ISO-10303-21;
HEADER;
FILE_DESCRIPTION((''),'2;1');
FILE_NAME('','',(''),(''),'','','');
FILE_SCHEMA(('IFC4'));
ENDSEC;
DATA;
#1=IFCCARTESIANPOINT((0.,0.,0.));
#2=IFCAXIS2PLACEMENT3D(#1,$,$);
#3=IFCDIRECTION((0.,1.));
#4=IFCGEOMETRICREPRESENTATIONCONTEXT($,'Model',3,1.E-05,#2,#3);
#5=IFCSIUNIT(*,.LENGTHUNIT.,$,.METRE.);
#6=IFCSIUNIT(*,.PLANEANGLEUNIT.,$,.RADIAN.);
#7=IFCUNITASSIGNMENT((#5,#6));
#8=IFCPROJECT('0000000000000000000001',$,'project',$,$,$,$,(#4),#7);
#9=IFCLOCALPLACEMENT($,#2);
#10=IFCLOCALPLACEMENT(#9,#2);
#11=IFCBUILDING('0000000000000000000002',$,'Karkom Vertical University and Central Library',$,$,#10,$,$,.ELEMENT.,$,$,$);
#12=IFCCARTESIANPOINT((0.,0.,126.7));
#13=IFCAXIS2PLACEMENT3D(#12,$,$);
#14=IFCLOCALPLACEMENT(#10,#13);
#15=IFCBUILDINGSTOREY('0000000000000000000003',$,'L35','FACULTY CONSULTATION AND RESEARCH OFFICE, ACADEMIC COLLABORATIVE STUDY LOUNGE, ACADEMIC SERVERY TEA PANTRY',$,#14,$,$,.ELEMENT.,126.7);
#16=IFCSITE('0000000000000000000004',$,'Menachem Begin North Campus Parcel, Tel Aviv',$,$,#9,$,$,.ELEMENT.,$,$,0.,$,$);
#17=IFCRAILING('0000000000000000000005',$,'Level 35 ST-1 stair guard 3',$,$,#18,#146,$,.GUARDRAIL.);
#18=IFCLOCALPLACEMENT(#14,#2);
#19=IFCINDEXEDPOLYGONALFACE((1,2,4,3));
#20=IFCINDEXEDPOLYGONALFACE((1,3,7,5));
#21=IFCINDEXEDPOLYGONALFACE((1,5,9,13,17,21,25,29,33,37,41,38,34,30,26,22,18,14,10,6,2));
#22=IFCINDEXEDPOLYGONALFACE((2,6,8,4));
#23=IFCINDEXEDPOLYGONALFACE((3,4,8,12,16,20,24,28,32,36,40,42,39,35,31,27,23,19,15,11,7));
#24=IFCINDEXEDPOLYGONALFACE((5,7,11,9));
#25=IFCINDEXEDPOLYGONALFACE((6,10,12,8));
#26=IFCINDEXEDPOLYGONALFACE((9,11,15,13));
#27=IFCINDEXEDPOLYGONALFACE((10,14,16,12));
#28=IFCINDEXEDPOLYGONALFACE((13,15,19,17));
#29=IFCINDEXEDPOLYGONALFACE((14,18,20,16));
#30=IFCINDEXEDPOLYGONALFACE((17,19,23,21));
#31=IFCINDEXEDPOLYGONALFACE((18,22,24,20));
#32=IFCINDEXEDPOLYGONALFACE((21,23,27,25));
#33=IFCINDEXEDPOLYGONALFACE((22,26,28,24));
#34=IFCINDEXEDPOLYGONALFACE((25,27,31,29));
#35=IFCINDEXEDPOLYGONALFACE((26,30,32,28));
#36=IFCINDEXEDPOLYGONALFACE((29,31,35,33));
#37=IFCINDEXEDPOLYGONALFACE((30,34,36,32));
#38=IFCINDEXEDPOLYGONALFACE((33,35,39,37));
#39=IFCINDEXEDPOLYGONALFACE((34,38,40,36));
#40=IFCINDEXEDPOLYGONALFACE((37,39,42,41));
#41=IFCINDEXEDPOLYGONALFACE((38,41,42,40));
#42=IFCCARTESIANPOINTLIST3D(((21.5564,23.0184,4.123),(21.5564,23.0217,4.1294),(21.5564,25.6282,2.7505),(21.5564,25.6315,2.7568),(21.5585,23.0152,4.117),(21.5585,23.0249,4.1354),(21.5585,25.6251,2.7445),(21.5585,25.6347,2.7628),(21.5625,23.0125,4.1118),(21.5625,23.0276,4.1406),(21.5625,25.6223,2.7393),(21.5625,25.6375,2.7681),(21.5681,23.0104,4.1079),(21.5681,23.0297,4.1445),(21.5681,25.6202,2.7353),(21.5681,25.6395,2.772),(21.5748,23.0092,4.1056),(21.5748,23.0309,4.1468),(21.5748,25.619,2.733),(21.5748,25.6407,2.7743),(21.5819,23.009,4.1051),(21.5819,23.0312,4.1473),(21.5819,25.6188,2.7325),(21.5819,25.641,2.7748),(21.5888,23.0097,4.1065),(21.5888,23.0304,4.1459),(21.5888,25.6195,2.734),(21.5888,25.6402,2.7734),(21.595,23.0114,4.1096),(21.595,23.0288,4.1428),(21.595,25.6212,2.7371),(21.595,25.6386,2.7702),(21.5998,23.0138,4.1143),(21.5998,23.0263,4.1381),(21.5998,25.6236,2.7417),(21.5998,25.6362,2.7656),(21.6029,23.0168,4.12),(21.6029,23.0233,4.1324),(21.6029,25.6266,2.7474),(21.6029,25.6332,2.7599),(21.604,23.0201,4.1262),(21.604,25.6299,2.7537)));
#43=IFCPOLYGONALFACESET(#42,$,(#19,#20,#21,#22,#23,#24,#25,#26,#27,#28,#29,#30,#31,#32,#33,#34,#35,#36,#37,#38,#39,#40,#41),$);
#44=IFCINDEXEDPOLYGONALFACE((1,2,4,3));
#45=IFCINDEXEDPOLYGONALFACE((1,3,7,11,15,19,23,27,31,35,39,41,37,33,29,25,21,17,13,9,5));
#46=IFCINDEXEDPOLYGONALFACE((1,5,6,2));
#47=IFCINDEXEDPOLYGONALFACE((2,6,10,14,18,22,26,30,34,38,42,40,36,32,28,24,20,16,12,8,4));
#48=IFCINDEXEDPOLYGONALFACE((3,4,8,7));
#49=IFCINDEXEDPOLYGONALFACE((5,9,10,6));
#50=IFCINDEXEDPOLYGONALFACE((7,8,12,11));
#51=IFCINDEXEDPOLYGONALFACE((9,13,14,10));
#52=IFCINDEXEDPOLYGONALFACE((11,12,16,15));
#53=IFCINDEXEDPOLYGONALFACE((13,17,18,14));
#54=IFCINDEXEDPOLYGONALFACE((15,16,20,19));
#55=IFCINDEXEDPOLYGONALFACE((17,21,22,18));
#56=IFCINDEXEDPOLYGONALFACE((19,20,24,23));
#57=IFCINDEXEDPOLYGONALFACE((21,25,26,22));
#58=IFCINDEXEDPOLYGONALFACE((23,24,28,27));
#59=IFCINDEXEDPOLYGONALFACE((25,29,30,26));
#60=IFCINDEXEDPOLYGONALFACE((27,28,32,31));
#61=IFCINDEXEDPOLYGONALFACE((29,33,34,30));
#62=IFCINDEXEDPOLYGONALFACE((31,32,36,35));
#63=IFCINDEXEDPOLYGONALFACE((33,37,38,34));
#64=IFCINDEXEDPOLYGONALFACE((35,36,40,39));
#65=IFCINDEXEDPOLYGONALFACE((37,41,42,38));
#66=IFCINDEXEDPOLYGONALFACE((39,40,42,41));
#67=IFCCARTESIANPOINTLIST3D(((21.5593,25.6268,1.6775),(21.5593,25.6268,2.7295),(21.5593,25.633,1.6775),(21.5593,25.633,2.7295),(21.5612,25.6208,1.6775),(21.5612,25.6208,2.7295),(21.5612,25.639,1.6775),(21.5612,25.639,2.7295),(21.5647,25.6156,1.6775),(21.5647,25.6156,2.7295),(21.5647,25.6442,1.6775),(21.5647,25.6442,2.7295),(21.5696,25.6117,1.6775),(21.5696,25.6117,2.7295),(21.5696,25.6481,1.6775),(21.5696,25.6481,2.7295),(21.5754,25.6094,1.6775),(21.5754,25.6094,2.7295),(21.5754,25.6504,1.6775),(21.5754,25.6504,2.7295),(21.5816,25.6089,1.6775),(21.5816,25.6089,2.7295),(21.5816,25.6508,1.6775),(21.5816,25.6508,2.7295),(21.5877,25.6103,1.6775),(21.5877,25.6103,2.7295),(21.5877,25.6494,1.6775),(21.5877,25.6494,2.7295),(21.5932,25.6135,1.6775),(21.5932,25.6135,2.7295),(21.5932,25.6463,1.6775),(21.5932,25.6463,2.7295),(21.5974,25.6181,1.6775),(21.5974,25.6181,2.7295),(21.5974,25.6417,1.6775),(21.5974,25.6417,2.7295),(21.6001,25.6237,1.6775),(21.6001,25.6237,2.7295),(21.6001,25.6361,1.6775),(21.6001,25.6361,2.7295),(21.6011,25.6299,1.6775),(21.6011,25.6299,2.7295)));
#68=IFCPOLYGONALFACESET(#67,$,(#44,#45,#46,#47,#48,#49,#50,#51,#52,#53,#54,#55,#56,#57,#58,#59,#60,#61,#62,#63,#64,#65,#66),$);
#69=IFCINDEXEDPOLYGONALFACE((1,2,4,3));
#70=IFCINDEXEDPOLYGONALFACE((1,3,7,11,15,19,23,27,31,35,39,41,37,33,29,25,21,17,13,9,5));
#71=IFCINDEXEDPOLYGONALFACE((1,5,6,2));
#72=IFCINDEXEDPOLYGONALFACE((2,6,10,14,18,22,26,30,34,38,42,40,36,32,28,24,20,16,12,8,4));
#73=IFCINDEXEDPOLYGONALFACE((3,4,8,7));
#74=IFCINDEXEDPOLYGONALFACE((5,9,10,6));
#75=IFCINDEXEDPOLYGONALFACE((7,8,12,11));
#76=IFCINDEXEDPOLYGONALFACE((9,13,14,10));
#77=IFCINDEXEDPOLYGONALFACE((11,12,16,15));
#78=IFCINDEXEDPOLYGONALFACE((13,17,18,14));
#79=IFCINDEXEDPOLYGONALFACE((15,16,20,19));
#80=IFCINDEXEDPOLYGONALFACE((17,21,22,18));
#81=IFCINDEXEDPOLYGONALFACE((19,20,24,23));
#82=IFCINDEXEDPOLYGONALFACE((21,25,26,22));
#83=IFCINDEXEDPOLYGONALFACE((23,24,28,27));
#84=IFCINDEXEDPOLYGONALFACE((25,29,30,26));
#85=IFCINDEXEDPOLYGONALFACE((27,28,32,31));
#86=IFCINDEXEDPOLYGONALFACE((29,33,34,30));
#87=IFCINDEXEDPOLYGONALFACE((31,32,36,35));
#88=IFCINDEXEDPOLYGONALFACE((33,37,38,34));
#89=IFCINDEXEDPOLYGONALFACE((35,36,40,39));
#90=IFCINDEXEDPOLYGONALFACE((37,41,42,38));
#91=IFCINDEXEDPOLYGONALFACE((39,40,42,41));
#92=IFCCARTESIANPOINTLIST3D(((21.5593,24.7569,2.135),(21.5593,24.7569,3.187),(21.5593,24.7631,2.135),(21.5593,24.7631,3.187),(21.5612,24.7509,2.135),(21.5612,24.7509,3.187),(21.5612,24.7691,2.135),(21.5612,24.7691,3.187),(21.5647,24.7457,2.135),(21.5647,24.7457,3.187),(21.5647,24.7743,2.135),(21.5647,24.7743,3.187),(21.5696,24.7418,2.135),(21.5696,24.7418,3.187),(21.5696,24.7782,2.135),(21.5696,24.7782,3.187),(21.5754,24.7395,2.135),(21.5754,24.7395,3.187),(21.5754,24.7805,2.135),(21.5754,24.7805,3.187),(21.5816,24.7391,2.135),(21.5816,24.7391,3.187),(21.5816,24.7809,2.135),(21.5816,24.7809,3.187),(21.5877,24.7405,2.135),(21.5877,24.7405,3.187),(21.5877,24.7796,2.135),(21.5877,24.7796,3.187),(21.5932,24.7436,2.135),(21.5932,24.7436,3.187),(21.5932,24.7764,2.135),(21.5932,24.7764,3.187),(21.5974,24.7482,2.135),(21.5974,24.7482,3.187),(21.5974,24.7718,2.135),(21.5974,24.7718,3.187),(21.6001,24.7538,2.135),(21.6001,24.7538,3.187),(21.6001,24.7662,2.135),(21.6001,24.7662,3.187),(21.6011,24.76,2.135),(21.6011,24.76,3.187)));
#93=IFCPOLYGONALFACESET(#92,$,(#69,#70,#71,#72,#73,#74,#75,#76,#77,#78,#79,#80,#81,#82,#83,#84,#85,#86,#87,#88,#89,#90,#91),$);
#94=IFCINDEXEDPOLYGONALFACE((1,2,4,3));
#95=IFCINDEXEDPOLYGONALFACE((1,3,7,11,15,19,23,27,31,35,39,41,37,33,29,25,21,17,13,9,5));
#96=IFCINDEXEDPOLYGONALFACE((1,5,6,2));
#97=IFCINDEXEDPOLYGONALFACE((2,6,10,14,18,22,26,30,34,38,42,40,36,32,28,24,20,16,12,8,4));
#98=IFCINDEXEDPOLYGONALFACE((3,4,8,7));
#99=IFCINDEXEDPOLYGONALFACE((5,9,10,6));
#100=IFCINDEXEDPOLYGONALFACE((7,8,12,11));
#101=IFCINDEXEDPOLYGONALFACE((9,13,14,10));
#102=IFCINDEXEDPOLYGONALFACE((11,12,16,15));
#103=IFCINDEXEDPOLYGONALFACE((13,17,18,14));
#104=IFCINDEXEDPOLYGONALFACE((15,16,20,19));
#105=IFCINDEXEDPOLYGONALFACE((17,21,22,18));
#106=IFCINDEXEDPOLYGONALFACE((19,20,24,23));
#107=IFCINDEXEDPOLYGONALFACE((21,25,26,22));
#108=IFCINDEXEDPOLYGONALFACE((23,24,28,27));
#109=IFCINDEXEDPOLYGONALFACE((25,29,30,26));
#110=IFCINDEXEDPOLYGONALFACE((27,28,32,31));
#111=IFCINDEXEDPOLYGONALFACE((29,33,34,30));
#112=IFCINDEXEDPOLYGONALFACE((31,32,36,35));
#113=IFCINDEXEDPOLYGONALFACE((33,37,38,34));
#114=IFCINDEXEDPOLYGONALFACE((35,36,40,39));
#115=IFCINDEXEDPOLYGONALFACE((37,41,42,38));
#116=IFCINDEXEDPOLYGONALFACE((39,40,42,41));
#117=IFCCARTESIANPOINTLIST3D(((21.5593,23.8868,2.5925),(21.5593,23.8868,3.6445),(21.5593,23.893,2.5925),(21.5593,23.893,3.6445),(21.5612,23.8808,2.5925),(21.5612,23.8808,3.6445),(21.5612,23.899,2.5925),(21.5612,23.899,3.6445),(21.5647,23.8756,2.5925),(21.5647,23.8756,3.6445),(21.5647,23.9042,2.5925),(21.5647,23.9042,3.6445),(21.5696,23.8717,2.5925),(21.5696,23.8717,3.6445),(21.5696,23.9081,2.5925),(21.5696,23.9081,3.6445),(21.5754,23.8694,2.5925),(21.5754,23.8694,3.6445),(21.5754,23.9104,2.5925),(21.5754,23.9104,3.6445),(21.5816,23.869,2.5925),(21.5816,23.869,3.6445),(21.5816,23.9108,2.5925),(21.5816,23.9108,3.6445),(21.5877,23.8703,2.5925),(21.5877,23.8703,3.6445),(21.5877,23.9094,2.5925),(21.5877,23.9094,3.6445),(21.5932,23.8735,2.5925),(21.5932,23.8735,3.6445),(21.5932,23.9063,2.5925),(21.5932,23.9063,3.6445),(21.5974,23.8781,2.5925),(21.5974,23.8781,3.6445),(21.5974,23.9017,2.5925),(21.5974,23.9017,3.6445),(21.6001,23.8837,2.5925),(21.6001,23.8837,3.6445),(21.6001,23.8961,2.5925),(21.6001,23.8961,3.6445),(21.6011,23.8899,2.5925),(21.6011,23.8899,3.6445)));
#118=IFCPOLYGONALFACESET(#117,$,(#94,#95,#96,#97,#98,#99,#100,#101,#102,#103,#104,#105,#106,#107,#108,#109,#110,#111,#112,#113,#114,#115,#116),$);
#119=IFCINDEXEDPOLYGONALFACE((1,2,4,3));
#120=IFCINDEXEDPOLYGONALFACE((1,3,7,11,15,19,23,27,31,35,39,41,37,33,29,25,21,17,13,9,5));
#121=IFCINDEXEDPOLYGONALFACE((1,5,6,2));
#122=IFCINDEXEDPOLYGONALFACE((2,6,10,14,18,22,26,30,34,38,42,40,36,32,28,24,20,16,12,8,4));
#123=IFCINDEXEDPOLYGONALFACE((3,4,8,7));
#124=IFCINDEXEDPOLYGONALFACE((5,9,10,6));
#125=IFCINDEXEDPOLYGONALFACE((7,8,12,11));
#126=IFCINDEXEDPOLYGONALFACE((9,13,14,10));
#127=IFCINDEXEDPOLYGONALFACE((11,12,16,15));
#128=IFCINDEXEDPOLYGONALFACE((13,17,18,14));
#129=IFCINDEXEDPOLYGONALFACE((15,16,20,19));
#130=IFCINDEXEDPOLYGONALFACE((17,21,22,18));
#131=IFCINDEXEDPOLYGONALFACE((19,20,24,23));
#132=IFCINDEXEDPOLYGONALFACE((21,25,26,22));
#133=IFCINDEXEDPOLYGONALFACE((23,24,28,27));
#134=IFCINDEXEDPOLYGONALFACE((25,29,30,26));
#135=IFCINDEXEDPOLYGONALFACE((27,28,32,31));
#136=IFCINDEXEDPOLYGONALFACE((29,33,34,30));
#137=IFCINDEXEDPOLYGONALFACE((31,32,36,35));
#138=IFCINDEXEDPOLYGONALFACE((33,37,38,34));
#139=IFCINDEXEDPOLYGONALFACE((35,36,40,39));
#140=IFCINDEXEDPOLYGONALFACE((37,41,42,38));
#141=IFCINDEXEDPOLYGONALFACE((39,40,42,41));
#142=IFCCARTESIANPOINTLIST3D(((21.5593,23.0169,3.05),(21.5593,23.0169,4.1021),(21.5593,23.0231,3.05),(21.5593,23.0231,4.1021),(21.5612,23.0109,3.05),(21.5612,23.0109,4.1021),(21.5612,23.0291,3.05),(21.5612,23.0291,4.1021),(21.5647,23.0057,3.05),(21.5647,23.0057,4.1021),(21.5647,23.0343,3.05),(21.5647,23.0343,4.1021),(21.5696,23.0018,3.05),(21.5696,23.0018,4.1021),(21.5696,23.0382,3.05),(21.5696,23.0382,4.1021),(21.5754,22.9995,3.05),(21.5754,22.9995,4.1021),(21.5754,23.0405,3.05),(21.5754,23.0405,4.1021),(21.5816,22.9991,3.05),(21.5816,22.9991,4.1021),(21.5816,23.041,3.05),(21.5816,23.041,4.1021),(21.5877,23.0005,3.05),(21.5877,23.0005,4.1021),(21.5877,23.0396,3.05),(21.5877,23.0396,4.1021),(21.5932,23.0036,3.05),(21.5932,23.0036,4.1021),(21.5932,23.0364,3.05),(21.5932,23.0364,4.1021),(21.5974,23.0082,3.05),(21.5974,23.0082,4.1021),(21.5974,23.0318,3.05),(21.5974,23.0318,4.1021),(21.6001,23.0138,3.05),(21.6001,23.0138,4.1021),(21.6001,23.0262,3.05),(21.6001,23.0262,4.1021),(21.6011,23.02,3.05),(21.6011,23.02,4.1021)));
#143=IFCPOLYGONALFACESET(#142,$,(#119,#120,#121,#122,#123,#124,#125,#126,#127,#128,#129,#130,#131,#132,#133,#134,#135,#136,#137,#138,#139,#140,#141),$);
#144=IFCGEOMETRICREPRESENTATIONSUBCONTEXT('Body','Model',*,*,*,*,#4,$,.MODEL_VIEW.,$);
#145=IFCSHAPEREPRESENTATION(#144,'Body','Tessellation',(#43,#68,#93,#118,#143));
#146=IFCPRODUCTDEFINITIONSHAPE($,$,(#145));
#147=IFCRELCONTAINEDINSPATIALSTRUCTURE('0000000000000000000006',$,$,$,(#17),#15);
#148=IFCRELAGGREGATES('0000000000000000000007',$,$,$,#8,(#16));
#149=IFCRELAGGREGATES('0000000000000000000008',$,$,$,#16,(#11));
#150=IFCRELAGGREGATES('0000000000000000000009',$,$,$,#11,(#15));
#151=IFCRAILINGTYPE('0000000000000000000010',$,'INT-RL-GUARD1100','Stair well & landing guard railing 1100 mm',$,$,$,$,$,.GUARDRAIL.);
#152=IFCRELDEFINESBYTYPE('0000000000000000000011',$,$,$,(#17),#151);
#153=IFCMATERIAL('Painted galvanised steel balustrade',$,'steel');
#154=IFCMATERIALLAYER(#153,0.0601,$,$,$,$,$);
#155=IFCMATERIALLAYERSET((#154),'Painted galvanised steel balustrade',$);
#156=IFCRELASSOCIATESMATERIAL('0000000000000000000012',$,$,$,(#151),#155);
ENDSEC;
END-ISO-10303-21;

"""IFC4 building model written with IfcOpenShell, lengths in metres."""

from ifc_helpers import new_model, si_unit, direction, frame, origin, origin_2d, place, context, subcontext, project, spatial, circle, extrude, material, layer, layer_set, type_object, element, save


model = new_model("IFC4")

# Units and contexts
model_context = context("Model", 3, precision=1e-05, world=origin(), true_north=direction((0.0, 1.0)))
body_context = subcontext(model_context, "Body", "Model", "MODEL_VIEW")
ifc_project = project(units=[si_unit("LENGTHUNIT", "METRE"), si_unit("PLANEANGLEUNIT", "RADIAN")], contexts=[model_context])

# Site, building, storey
site_placement = place(None, origin())
site = spatial("IfcSite", under=ifc_project, at=site_placement, Name="Menachem Begin North Campus Parcel, Tel Aviv", CompositionType="ELEMENT", RefElevation=0.0)
building_placement = place(site_placement, origin())
building = spatial("IfcBuilding", under=site, at=building_placement, Name="Karkom Vertical University and Central Library", CompositionType="ELEMENT")
storey_placement = place(building_placement, frame((0.0, 0.0, 126.7)))
storey = spatial("IfcBuildingStorey", under=building, at=storey_placement, Name="L35", Description="FACULTY CONSULTATION AND RESEARCH OFFICE, ACADEMIC COLLABORATIVE STUDY LOUNGE, ACADEMIC SERVERY TEA PANTRY", CompositionType="ELEMENT", Elevation=126.7)

# Railing
ifc_material_1 = material(Name="Painted galvanised steel balustrade", Category="steel")
ifc_layer_1 = layer(ifc_material_1, 0.0601)
ifc_layer_set_1 = layer_set([ifc_layer_1], Name="Painted galvanised steel balustrade")
railing_type_1 = type_object("IfcRailingType", Name="INT-RL-GUARD1100", Description="Stair well & landing guard railing 1100 mm", PredefinedType="GUARDRAIL", material=ifc_layer_set_1)
railing_1_placement = place(storey_placement, frame((21.5801, 25.6299, 1.6775)))
element("IfcRailing", 1, at=railing_1_placement, inside=storey, type_object=railing_type_1, Name="Level 35 ST-1 stair guard 3", PredefinedType="GUARDRAIL", context=body_context, shape_type="SweptSolid", body=[
    extrude(circle(Radius=0.0239, at=origin_2d()), frame((0.0, 0.0, 1.0762), z_axis=(0.0, -0.885065, 0.465467), x_axis=(1.0, 0.0, 0.0)), (0.0, 0.0, 1.0), 2.9487),
    extrude(circle(Radius=0.021, at=origin_2d()), origin(), (0.0, 0.0, 1.0), 1.052),
    extrude(circle(Radius=0.021, at=origin_2d()), frame((0.0, -0.8699, 0.4575)), (0.0, 0.0, 1.0), 1.052),
    extrude(circle(Radius=0.021, at=origin_2d()), frame((0.0, -1.74, 0.915)), (0.0, 0.0, 1.0), 1.052),
    extrude(circle(Radius=0.021, at=origin_2d()), frame((0.0, -2.6099, 1.3726)), (0.0, 0.0, 1.0), 1.052),
])

save(model, "model.ifc")
